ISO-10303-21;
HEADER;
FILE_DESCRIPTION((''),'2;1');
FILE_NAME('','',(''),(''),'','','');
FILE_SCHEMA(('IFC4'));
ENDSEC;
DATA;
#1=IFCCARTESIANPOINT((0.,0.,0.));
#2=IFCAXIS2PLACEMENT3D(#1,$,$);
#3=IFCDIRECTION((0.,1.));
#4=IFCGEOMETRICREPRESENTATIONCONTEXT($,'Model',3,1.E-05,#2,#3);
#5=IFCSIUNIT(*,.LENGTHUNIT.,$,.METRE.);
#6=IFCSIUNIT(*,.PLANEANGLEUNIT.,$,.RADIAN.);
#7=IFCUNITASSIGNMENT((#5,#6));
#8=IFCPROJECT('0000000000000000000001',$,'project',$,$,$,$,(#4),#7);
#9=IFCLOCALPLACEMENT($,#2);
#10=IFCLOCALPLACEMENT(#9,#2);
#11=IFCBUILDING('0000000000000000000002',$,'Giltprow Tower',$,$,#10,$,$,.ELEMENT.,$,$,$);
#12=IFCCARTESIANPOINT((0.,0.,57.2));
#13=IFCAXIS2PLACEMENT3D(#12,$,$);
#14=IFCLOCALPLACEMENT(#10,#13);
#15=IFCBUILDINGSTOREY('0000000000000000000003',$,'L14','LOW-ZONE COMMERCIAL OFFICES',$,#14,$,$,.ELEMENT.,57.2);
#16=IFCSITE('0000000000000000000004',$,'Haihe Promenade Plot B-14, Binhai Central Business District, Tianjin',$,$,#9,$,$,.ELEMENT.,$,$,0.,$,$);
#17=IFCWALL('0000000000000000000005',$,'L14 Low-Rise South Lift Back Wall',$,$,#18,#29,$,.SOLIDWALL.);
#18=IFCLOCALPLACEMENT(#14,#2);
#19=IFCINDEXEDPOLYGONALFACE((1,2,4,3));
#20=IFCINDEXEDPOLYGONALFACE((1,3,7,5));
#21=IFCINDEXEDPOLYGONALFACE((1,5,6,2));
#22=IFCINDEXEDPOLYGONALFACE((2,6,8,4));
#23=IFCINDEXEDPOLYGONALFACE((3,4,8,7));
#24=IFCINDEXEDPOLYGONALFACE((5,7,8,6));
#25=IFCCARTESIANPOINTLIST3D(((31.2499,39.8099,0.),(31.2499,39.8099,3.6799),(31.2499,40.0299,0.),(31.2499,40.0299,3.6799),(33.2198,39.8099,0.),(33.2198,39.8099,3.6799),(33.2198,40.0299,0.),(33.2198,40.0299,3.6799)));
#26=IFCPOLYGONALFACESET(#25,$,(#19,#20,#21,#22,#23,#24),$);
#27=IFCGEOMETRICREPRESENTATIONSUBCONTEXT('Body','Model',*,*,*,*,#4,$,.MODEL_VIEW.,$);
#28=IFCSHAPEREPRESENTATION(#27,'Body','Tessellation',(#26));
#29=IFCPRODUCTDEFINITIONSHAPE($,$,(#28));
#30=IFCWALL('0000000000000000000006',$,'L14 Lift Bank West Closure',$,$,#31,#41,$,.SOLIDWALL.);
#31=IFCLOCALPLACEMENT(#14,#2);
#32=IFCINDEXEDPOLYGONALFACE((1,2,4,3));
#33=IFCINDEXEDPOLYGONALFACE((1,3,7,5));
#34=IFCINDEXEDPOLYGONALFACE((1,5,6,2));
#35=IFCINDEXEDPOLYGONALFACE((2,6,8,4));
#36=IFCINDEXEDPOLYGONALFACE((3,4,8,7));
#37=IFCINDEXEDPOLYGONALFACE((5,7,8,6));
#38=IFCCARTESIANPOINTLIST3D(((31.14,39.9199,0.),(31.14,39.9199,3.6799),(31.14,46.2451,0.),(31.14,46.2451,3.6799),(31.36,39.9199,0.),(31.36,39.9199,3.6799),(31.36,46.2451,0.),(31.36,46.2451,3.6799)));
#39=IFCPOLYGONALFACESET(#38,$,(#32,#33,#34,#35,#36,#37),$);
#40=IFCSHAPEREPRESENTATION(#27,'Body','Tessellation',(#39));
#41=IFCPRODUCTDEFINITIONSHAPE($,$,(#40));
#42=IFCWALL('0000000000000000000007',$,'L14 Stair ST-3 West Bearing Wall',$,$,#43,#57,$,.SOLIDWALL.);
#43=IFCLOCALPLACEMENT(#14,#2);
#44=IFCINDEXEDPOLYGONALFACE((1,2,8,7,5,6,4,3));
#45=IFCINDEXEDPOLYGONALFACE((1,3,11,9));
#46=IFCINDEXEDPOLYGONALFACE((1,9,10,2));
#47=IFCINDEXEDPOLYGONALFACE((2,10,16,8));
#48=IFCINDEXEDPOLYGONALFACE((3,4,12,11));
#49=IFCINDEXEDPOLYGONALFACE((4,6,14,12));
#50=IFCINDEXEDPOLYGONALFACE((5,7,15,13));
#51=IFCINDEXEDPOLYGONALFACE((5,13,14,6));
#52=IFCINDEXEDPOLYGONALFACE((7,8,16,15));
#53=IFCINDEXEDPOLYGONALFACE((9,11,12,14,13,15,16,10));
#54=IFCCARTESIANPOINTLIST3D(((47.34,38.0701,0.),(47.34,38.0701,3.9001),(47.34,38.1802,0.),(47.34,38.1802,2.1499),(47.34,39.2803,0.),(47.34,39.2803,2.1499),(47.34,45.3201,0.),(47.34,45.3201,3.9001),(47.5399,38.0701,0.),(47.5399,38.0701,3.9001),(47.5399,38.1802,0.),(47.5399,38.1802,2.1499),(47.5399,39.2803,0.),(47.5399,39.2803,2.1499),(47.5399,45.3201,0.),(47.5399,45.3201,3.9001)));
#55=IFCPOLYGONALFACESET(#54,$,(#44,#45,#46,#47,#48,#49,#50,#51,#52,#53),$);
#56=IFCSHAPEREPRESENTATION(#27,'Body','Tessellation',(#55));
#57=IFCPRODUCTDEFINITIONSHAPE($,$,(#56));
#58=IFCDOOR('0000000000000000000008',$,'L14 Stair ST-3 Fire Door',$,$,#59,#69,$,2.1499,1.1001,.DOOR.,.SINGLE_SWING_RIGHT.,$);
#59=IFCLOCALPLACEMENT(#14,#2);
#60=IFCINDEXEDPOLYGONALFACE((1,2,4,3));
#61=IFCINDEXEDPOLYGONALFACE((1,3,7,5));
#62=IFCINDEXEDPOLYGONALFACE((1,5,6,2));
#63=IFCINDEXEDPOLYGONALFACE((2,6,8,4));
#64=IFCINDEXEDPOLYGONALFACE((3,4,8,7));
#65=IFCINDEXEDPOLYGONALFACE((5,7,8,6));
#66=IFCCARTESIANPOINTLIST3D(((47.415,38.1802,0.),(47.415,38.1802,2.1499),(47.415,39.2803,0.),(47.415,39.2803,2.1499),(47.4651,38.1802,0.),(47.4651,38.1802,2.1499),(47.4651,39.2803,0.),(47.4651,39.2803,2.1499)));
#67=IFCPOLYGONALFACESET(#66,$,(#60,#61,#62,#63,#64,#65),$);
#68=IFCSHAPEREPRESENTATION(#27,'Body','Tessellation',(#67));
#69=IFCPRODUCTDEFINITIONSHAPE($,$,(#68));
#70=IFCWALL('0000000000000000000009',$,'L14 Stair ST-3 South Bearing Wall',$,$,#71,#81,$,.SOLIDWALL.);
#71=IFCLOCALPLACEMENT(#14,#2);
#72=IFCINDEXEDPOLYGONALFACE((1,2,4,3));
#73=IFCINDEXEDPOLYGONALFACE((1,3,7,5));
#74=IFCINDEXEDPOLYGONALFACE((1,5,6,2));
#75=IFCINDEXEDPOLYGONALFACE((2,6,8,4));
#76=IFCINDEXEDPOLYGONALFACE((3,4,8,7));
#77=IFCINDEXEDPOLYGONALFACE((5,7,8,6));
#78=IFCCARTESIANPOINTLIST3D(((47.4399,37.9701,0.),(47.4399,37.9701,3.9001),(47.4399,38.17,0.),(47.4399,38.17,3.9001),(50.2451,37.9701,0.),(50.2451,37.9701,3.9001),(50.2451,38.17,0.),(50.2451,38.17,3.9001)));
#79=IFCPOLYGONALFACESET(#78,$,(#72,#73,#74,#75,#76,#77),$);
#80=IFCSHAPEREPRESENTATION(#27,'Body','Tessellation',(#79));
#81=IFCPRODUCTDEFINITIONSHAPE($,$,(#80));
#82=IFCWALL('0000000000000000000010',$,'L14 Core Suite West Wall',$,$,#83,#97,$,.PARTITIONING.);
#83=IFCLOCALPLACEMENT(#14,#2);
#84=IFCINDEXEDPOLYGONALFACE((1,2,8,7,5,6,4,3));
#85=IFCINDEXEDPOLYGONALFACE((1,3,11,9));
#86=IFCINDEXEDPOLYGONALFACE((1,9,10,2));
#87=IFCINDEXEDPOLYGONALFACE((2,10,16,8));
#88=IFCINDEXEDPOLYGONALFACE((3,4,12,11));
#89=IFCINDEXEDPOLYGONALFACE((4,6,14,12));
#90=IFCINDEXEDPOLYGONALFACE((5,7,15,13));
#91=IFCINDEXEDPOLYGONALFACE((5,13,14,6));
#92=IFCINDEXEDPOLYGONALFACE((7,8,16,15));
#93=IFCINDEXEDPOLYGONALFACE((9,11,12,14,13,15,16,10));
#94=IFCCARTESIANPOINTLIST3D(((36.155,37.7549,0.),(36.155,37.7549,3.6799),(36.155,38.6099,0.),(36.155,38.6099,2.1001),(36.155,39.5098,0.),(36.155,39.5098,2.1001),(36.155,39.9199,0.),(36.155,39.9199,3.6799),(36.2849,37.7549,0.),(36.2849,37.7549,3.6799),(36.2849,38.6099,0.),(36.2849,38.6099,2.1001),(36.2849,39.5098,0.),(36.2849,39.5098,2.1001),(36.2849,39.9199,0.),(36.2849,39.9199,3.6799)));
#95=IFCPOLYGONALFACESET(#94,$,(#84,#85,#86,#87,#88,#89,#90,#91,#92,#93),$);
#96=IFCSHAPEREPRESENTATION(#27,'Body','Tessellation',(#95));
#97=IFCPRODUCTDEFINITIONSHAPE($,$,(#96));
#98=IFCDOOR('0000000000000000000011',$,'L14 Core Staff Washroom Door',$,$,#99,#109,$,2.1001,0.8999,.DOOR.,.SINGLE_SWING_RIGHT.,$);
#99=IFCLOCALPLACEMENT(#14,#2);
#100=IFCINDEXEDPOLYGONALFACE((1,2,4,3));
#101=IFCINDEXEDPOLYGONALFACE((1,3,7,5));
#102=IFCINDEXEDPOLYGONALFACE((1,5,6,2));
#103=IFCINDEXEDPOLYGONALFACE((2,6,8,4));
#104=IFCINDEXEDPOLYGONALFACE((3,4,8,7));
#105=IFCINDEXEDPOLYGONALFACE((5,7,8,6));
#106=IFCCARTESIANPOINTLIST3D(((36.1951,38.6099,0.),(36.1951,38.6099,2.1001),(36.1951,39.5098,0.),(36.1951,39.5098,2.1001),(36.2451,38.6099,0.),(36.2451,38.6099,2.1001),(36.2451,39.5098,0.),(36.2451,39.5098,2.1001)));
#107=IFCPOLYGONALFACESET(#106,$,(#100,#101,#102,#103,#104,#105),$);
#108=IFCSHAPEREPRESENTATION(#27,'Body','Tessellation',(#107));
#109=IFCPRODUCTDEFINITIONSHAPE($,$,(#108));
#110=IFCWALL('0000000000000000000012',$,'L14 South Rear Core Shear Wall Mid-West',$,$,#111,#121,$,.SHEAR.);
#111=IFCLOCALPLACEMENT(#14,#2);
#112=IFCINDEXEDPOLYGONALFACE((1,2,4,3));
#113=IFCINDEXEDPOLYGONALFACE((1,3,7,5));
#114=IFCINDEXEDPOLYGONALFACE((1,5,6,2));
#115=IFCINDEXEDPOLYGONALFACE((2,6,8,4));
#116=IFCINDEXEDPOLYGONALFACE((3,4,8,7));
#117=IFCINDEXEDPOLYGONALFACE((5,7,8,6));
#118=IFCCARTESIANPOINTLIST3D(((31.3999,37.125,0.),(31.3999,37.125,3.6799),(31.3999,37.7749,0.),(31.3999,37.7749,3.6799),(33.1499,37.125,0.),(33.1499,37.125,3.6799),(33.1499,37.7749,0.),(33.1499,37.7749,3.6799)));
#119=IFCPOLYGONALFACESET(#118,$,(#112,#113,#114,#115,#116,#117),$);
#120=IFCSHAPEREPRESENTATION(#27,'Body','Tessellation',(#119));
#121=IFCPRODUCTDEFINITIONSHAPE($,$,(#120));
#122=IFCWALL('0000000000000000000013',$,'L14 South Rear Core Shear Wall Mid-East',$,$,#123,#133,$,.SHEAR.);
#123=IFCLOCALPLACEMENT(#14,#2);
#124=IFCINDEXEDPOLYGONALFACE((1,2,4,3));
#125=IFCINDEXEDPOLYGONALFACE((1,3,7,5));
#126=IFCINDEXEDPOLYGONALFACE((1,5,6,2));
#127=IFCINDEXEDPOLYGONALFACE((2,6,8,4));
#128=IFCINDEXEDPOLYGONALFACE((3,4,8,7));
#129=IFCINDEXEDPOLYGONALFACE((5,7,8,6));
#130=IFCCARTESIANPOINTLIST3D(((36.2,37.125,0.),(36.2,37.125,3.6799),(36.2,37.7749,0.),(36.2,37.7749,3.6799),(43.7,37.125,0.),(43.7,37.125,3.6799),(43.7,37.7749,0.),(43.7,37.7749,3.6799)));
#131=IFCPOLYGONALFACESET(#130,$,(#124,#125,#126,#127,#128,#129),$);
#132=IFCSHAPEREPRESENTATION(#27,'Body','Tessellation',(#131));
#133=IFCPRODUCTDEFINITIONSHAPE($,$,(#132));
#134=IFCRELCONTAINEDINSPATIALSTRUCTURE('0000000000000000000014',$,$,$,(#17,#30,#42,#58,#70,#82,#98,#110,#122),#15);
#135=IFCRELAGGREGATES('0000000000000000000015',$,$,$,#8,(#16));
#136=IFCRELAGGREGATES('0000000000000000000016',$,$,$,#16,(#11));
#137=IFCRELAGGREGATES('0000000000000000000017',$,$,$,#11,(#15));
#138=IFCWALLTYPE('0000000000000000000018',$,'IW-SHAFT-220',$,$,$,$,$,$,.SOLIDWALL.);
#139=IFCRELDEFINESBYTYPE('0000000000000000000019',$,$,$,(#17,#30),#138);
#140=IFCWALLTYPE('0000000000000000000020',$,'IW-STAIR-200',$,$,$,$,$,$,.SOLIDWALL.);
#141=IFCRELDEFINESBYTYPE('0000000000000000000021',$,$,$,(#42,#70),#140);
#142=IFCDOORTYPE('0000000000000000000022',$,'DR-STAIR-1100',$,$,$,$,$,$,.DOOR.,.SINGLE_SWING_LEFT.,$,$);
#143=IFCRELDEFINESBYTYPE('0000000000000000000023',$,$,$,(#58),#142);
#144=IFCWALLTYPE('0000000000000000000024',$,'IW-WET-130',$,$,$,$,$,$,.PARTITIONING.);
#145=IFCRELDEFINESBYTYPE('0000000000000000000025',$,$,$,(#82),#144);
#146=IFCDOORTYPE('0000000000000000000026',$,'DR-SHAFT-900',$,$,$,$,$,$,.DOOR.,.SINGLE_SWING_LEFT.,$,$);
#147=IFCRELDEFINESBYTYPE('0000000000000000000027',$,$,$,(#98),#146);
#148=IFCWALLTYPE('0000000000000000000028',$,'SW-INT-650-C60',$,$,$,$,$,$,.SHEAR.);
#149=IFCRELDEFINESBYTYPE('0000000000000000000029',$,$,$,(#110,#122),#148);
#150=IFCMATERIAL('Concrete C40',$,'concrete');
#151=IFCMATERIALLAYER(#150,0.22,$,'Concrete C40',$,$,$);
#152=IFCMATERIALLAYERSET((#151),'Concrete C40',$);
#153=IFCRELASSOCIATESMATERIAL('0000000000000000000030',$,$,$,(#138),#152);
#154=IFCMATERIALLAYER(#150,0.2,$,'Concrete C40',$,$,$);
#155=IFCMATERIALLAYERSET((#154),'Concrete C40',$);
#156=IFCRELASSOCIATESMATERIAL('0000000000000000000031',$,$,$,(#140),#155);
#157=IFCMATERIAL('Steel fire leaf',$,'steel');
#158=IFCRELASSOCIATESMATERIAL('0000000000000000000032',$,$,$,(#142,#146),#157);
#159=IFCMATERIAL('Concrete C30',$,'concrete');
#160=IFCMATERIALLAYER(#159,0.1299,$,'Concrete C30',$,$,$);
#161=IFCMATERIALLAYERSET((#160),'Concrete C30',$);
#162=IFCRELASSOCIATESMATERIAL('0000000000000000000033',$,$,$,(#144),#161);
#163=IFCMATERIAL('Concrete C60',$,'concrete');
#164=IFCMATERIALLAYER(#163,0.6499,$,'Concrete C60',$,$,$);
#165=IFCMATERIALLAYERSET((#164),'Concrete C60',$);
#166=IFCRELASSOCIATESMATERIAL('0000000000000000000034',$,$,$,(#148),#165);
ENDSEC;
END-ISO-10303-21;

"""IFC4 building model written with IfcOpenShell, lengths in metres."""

from ifc_helpers import new_model, si_unit, direction, frame, frame_2d, origin, place, context, subcontext, project, spatial, rectangle, extrude, source, transform, mapped, material, layer, layer_set, type_object, element, fill, save


model = new_model("IFC4")

# Units and contexts
model_context = context("Model", 3, precision=1e-05, world=origin(), true_north=direction((0.0, 1.0)))
body_context = subcontext(model_context, "Body", "Model", "MODEL_VIEW")
ifc_project = project(units=[si_unit("LENGTHUNIT", "METRE"), si_unit("PLANEANGLEUNIT", "RADIAN")], contexts=[model_context])

# Site, building, storey
site_placement = place(None, origin())
site = spatial("IfcSite", under=ifc_project, at=site_placement, Name="Haihe Promenade Plot B-14, Binhai Central Business District, Tianjin", CompositionType="ELEMENT", RefElevation=0.0)
building_placement = place(site_placement, origin())
building = spatial("IfcBuilding", under=site, at=building_placement, Name="Giltprow Tower", CompositionType="ELEMENT")
storey_placement = place(building_placement, frame((0.0, 0.0, 57.2)))
storey = spatial("IfcBuildingStorey", under=building, at=storey_placement, Name="L14", Description="LOW-ZONE COMMERCIAL OFFICES", CompositionType="ELEMENT", Elevation=57.2)

# Shared definitions
ifc_material_1 = material(Name="Concrete C60", Category="concrete")

# Walls
ifc_material_2 = material(Name="Concrete C40", Category="concrete")
ifc_layer_1 = layer(ifc_material_2, 0.22, Name="Concrete C40")
ifc_layer_set_1 = layer_set([ifc_layer_1], Name="Concrete C40")
wall_type_1 = type_object("IfcWallType", Name="IW-SHAFT-220", PredefinedType="SOLIDWALL", material=ifc_layer_set_1)
wall_1_placement = place(storey_placement, frame((31.25, 39.9199, 0.0), z_axis=(0.0, 0.0, 1.0), x_axis=(1.0, 0.0, 0.0)))
element("IfcWall", 1, at=wall_1_placement, inside=storey, type_object=wall_type_1, Name="L14 Low-Rise South Lift Back Wall", PredefinedType="SOLIDWALL", context=body_context, shape_type="SweptSolid", body=[
    extrude(rectangle(XDim=1.97, YDim=0.22, at=frame_2d((0.9849, 0.0))), origin(), (0.0, 0.0, 1.0), 3.6799),
])
wall_2_placement = place(storey_placement, frame((31.25, 39.9199, 0.0), z_axis=(0.0, 0.0, 1.0), x_axis=(0.0, 1.0, 0.0)))
element("IfcWall", 2, at=wall_2_placement, inside=storey, type_object=wall_type_1, Name="L14 Lift Bank West Closure", PredefinedType="SOLIDWALL", context=body_context, shape_type="SweptSolid", body=[
    extrude(rectangle(XDim=6.3252, YDim=0.22, at=frame_2d((3.1626, 0.0))), origin(), (0.0, 0.0, 1.0), 3.6799),
])

# Wall, opening, door
ifc_layer_2 = layer(ifc_material_2, 0.2, Name="Concrete C40")
ifc_layer_set_2 = layer_set([ifc_layer_2], Name="Concrete C40")
wall_type_2 = type_object("IfcWallType", Name="IW-STAIR-200", PredefinedType="SOLIDWALL", material=ifc_layer_set_2)
wall_3_placement = place(storey_placement, frame((47.4399, 38.0701, 0.0), z_axis=(0.0, 0.0, 1.0), x_axis=(0.0, 1.0, 0.0)))
wall_3 = element("IfcWall", 3, at=wall_3_placement, inside=storey, type_object=wall_type_2, Name="L14 Stair ST-3 West Bearing Wall", PredefinedType="SOLIDWALL", context=body_context, shape_type="SweptSolid", body=[
    extrude(rectangle(XDim=7.25, YDim=0.2, at=frame_2d((3.625, 0.0))), origin(), (0.0, 0.0, 1.0), 3.9001),
])
opening_1_placement = place(wall_3_placement, frame((0.1101, 0.0, 0.0)))
opening_1 = element("IfcOpeningElement", 4, at=opening_1_placement, cuts=wall_3, PredefinedType="OPENING", context=body_context, shape_type="SweptSolid", body=[
    extrude(rectangle(XDim=1.1001, YDim=2.1499, at=frame_2d((0.55, 1.075))), frame((0.0, 0.1099, 0.0), z_axis=(0.0, -1.0, 0.0), x_axis=(1.0, 0.0, 0.0)), (0.0, 0.0, 1.0), 0.22),
])
ifc_material_3 = material(Name="Steel fire leaf", Category="steel")
door_type_1 = type_object("IfcDoorType", Name="DR-STAIR-1100", OperationType="SINGLE_SWING_LEFT", PredefinedType="DOOR", material=ifc_material_3)
shared_shape_1 = source(origin(), body_context, "Body", "SweptSolid", [
    extrude(rectangle(XDim=1.1001, YDim=2.1499, at=frame_2d((0.55, 1.075))), frame((0.0, 0.0249, 0.0), z_axis=(0.0, -1.0, 0.0), x_axis=(1.0, 0.0, 0.0)), (0.0, 0.0, 1.0), 0.05),
])
door_1_placement = place(opening_1_placement, origin())
door_1 = element("IfcDoor", 5, at=door_1_placement, inside=storey, type_object=door_type_1, Name="L14 Stair ST-3 Fire Door", OperationType="SINGLE_SWING_RIGHT", OverallHeight=2.1499, OverallWidth=1.1001, PredefinedType="DOOR", context=body_context, shape_type="MappedRepresentation", body=[
    mapped(shared_shape_1, transform((0.0, 0.0, 0.0), x_axis=(1.0, 0.0, 0.0), y_axis=(0.0, 1.0, 0.0), z_axis=(0.0, 0.0, 1.0), scale=1.0)),
])
fill(opening_1, door_1)

# Wall
wall_4_placement = place(storey_placement, frame((47.4399, 38.0701, 0.0), z_axis=(0.0, 0.0, 1.0), x_axis=(1.0, 0.0, 0.0)))
element("IfcWall", 6, at=wall_4_placement, inside=storey, type_object=wall_type_2, Name="L14 Stair ST-3 South Bearing Wall", PredefinedType="SOLIDWALL", context=body_context, shape_type="SweptSolid", body=[
    extrude(rectangle(XDim=2.8052, YDim=0.2, at=frame_2d((1.4026, 0.0))), origin(), (0.0, 0.0, 1.0), 3.9001),
])

# Wall, opening, door
ifc_material_4 = material(Name="Concrete C30", Category="concrete")
ifc_layer_3 = layer(ifc_material_4, 0.1299, Name="Concrete C30")
ifc_layer_set_3 = layer_set([ifc_layer_3], Name="Concrete C30")
wall_type_3 = type_object("IfcWallType", Name="IW-WET-130", PredefinedType="PARTITIONING", material=ifc_layer_set_3)
wall_5_placement = place(storey_placement, frame((36.22, 37.7549, 0.0), z_axis=(0.0, 0.0, 1.0), x_axis=(0.0, 1.0, 0.0)))
wall_5 = element("IfcWall", 7, at=wall_5_placement, inside=storey, type_object=wall_type_3, Name="L14 Core Suite West Wall", PredefinedType="PARTITIONING", context=body_context, shape_type="SweptSolid", body=[
    extrude(rectangle(XDim=2.165, YDim=0.1299, at=frame_2d((1.0825, 0.0))), origin(), (0.0, 0.0, 1.0), 3.6799),
])
opening_2_placement = place(wall_5_placement, frame((0.855, 0.0, 0.0)))
opening_2 = element("IfcOpeningElement", 8, at=opening_2_placement, cuts=wall_5, PredefinedType="OPENING", context=body_context, shape_type="SweptSolid", body=[
    extrude(rectangle(XDim=0.8999, YDim=2.1001, at=frame_2d((0.45, 1.05))), frame((0.0, 0.075, 0.0), z_axis=(0.0, -1.0, 0.0), x_axis=(1.0, 0.0, 0.0)), (0.0, 0.0, 1.0), 0.1499),
])
door_type_2 = type_object("IfcDoorType", Name="DR-SHAFT-900", OperationType="SINGLE_SWING_LEFT", PredefinedType="DOOR", material=ifc_material_3)
shared_shape_2 = source(origin(), body_context, "Body", "SweptSolid", [
    extrude(rectangle(XDim=0.8999, YDim=2.1001, at=frame_2d((0.45, 1.05))), frame((0.0, 0.0249, 0.0), z_axis=(0.0, -1.0, 0.0), x_axis=(1.0, 0.0, 0.0)), (0.0, 0.0, 1.0), 0.05),
])
door_2_placement = place(opening_2_placement, origin())
door_2 = element("IfcDoor", 9, at=door_2_placement, inside=storey, type_object=door_type_2, Name="L14 Core Staff Washroom Door", OperationType="SINGLE_SWING_RIGHT", OverallHeight=2.1001, OverallWidth=0.8999, PredefinedType="DOOR", context=body_context, shape_type="MappedRepresentation", body=[
    mapped(shared_shape_2, transform((0.0, 0.0, 0.0), x_axis=(1.0, 0.0, 0.0), y_axis=(0.0, 1.0, 0.0), z_axis=(0.0, 0.0, 1.0), scale=1.0)),
])
fill(opening_2, door_2)

# Walls
ifc_layer_4 = layer(ifc_material_1, 0.6499, Name="Concrete C60")
ifc_layer_set_4 = layer_set([ifc_layer_4], Name="Concrete C60")
wall_type_4 = type_object("IfcWallType", Name="SW-INT-650-C60", PredefinedType="SHEAR", material=ifc_layer_set_4)
wall_6_placement = place(storey_placement, frame((31.3999, 37.45, 0.0), z_axis=(0.0, 0.0, 1.0), x_axis=(1.0, 0.0, 0.0)))
element("IfcWall", 10, at=wall_6_placement, inside=storey, type_object=wall_type_4, Name="L14 South Rear Core Shear Wall Mid-West", PredefinedType="SHEAR", context=body_context, shape_type="SweptSolid", body=[
    extrude(rectangle(XDim=1.75, YDim=0.6499, at=frame_2d((0.875, 0.0))), origin(), (0.0, 0.0, 1.0), 3.6799),
])
wall_7_placement = place(storey_placement, frame((36.2, 37.45, 0.0), z_axis=(0.0, 0.0, 1.0), x_axis=(1.0, 0.0, 0.0)))
element("IfcWall", 11, at=wall_7_placement, inside=storey, type_object=wall_type_4, Name="L14 South Rear Core Shear Wall Mid-East", PredefinedType="SHEAR", context=body_context, shape_type="SweptSolid", body=[
    extrude(rectangle(XDim=7.5, YDim=0.6499, at=frame_2d((3.75, 0.0))), origin(), (0.0, 0.0, 1.0), 3.6799),
])

save(model, "model.ifc")
